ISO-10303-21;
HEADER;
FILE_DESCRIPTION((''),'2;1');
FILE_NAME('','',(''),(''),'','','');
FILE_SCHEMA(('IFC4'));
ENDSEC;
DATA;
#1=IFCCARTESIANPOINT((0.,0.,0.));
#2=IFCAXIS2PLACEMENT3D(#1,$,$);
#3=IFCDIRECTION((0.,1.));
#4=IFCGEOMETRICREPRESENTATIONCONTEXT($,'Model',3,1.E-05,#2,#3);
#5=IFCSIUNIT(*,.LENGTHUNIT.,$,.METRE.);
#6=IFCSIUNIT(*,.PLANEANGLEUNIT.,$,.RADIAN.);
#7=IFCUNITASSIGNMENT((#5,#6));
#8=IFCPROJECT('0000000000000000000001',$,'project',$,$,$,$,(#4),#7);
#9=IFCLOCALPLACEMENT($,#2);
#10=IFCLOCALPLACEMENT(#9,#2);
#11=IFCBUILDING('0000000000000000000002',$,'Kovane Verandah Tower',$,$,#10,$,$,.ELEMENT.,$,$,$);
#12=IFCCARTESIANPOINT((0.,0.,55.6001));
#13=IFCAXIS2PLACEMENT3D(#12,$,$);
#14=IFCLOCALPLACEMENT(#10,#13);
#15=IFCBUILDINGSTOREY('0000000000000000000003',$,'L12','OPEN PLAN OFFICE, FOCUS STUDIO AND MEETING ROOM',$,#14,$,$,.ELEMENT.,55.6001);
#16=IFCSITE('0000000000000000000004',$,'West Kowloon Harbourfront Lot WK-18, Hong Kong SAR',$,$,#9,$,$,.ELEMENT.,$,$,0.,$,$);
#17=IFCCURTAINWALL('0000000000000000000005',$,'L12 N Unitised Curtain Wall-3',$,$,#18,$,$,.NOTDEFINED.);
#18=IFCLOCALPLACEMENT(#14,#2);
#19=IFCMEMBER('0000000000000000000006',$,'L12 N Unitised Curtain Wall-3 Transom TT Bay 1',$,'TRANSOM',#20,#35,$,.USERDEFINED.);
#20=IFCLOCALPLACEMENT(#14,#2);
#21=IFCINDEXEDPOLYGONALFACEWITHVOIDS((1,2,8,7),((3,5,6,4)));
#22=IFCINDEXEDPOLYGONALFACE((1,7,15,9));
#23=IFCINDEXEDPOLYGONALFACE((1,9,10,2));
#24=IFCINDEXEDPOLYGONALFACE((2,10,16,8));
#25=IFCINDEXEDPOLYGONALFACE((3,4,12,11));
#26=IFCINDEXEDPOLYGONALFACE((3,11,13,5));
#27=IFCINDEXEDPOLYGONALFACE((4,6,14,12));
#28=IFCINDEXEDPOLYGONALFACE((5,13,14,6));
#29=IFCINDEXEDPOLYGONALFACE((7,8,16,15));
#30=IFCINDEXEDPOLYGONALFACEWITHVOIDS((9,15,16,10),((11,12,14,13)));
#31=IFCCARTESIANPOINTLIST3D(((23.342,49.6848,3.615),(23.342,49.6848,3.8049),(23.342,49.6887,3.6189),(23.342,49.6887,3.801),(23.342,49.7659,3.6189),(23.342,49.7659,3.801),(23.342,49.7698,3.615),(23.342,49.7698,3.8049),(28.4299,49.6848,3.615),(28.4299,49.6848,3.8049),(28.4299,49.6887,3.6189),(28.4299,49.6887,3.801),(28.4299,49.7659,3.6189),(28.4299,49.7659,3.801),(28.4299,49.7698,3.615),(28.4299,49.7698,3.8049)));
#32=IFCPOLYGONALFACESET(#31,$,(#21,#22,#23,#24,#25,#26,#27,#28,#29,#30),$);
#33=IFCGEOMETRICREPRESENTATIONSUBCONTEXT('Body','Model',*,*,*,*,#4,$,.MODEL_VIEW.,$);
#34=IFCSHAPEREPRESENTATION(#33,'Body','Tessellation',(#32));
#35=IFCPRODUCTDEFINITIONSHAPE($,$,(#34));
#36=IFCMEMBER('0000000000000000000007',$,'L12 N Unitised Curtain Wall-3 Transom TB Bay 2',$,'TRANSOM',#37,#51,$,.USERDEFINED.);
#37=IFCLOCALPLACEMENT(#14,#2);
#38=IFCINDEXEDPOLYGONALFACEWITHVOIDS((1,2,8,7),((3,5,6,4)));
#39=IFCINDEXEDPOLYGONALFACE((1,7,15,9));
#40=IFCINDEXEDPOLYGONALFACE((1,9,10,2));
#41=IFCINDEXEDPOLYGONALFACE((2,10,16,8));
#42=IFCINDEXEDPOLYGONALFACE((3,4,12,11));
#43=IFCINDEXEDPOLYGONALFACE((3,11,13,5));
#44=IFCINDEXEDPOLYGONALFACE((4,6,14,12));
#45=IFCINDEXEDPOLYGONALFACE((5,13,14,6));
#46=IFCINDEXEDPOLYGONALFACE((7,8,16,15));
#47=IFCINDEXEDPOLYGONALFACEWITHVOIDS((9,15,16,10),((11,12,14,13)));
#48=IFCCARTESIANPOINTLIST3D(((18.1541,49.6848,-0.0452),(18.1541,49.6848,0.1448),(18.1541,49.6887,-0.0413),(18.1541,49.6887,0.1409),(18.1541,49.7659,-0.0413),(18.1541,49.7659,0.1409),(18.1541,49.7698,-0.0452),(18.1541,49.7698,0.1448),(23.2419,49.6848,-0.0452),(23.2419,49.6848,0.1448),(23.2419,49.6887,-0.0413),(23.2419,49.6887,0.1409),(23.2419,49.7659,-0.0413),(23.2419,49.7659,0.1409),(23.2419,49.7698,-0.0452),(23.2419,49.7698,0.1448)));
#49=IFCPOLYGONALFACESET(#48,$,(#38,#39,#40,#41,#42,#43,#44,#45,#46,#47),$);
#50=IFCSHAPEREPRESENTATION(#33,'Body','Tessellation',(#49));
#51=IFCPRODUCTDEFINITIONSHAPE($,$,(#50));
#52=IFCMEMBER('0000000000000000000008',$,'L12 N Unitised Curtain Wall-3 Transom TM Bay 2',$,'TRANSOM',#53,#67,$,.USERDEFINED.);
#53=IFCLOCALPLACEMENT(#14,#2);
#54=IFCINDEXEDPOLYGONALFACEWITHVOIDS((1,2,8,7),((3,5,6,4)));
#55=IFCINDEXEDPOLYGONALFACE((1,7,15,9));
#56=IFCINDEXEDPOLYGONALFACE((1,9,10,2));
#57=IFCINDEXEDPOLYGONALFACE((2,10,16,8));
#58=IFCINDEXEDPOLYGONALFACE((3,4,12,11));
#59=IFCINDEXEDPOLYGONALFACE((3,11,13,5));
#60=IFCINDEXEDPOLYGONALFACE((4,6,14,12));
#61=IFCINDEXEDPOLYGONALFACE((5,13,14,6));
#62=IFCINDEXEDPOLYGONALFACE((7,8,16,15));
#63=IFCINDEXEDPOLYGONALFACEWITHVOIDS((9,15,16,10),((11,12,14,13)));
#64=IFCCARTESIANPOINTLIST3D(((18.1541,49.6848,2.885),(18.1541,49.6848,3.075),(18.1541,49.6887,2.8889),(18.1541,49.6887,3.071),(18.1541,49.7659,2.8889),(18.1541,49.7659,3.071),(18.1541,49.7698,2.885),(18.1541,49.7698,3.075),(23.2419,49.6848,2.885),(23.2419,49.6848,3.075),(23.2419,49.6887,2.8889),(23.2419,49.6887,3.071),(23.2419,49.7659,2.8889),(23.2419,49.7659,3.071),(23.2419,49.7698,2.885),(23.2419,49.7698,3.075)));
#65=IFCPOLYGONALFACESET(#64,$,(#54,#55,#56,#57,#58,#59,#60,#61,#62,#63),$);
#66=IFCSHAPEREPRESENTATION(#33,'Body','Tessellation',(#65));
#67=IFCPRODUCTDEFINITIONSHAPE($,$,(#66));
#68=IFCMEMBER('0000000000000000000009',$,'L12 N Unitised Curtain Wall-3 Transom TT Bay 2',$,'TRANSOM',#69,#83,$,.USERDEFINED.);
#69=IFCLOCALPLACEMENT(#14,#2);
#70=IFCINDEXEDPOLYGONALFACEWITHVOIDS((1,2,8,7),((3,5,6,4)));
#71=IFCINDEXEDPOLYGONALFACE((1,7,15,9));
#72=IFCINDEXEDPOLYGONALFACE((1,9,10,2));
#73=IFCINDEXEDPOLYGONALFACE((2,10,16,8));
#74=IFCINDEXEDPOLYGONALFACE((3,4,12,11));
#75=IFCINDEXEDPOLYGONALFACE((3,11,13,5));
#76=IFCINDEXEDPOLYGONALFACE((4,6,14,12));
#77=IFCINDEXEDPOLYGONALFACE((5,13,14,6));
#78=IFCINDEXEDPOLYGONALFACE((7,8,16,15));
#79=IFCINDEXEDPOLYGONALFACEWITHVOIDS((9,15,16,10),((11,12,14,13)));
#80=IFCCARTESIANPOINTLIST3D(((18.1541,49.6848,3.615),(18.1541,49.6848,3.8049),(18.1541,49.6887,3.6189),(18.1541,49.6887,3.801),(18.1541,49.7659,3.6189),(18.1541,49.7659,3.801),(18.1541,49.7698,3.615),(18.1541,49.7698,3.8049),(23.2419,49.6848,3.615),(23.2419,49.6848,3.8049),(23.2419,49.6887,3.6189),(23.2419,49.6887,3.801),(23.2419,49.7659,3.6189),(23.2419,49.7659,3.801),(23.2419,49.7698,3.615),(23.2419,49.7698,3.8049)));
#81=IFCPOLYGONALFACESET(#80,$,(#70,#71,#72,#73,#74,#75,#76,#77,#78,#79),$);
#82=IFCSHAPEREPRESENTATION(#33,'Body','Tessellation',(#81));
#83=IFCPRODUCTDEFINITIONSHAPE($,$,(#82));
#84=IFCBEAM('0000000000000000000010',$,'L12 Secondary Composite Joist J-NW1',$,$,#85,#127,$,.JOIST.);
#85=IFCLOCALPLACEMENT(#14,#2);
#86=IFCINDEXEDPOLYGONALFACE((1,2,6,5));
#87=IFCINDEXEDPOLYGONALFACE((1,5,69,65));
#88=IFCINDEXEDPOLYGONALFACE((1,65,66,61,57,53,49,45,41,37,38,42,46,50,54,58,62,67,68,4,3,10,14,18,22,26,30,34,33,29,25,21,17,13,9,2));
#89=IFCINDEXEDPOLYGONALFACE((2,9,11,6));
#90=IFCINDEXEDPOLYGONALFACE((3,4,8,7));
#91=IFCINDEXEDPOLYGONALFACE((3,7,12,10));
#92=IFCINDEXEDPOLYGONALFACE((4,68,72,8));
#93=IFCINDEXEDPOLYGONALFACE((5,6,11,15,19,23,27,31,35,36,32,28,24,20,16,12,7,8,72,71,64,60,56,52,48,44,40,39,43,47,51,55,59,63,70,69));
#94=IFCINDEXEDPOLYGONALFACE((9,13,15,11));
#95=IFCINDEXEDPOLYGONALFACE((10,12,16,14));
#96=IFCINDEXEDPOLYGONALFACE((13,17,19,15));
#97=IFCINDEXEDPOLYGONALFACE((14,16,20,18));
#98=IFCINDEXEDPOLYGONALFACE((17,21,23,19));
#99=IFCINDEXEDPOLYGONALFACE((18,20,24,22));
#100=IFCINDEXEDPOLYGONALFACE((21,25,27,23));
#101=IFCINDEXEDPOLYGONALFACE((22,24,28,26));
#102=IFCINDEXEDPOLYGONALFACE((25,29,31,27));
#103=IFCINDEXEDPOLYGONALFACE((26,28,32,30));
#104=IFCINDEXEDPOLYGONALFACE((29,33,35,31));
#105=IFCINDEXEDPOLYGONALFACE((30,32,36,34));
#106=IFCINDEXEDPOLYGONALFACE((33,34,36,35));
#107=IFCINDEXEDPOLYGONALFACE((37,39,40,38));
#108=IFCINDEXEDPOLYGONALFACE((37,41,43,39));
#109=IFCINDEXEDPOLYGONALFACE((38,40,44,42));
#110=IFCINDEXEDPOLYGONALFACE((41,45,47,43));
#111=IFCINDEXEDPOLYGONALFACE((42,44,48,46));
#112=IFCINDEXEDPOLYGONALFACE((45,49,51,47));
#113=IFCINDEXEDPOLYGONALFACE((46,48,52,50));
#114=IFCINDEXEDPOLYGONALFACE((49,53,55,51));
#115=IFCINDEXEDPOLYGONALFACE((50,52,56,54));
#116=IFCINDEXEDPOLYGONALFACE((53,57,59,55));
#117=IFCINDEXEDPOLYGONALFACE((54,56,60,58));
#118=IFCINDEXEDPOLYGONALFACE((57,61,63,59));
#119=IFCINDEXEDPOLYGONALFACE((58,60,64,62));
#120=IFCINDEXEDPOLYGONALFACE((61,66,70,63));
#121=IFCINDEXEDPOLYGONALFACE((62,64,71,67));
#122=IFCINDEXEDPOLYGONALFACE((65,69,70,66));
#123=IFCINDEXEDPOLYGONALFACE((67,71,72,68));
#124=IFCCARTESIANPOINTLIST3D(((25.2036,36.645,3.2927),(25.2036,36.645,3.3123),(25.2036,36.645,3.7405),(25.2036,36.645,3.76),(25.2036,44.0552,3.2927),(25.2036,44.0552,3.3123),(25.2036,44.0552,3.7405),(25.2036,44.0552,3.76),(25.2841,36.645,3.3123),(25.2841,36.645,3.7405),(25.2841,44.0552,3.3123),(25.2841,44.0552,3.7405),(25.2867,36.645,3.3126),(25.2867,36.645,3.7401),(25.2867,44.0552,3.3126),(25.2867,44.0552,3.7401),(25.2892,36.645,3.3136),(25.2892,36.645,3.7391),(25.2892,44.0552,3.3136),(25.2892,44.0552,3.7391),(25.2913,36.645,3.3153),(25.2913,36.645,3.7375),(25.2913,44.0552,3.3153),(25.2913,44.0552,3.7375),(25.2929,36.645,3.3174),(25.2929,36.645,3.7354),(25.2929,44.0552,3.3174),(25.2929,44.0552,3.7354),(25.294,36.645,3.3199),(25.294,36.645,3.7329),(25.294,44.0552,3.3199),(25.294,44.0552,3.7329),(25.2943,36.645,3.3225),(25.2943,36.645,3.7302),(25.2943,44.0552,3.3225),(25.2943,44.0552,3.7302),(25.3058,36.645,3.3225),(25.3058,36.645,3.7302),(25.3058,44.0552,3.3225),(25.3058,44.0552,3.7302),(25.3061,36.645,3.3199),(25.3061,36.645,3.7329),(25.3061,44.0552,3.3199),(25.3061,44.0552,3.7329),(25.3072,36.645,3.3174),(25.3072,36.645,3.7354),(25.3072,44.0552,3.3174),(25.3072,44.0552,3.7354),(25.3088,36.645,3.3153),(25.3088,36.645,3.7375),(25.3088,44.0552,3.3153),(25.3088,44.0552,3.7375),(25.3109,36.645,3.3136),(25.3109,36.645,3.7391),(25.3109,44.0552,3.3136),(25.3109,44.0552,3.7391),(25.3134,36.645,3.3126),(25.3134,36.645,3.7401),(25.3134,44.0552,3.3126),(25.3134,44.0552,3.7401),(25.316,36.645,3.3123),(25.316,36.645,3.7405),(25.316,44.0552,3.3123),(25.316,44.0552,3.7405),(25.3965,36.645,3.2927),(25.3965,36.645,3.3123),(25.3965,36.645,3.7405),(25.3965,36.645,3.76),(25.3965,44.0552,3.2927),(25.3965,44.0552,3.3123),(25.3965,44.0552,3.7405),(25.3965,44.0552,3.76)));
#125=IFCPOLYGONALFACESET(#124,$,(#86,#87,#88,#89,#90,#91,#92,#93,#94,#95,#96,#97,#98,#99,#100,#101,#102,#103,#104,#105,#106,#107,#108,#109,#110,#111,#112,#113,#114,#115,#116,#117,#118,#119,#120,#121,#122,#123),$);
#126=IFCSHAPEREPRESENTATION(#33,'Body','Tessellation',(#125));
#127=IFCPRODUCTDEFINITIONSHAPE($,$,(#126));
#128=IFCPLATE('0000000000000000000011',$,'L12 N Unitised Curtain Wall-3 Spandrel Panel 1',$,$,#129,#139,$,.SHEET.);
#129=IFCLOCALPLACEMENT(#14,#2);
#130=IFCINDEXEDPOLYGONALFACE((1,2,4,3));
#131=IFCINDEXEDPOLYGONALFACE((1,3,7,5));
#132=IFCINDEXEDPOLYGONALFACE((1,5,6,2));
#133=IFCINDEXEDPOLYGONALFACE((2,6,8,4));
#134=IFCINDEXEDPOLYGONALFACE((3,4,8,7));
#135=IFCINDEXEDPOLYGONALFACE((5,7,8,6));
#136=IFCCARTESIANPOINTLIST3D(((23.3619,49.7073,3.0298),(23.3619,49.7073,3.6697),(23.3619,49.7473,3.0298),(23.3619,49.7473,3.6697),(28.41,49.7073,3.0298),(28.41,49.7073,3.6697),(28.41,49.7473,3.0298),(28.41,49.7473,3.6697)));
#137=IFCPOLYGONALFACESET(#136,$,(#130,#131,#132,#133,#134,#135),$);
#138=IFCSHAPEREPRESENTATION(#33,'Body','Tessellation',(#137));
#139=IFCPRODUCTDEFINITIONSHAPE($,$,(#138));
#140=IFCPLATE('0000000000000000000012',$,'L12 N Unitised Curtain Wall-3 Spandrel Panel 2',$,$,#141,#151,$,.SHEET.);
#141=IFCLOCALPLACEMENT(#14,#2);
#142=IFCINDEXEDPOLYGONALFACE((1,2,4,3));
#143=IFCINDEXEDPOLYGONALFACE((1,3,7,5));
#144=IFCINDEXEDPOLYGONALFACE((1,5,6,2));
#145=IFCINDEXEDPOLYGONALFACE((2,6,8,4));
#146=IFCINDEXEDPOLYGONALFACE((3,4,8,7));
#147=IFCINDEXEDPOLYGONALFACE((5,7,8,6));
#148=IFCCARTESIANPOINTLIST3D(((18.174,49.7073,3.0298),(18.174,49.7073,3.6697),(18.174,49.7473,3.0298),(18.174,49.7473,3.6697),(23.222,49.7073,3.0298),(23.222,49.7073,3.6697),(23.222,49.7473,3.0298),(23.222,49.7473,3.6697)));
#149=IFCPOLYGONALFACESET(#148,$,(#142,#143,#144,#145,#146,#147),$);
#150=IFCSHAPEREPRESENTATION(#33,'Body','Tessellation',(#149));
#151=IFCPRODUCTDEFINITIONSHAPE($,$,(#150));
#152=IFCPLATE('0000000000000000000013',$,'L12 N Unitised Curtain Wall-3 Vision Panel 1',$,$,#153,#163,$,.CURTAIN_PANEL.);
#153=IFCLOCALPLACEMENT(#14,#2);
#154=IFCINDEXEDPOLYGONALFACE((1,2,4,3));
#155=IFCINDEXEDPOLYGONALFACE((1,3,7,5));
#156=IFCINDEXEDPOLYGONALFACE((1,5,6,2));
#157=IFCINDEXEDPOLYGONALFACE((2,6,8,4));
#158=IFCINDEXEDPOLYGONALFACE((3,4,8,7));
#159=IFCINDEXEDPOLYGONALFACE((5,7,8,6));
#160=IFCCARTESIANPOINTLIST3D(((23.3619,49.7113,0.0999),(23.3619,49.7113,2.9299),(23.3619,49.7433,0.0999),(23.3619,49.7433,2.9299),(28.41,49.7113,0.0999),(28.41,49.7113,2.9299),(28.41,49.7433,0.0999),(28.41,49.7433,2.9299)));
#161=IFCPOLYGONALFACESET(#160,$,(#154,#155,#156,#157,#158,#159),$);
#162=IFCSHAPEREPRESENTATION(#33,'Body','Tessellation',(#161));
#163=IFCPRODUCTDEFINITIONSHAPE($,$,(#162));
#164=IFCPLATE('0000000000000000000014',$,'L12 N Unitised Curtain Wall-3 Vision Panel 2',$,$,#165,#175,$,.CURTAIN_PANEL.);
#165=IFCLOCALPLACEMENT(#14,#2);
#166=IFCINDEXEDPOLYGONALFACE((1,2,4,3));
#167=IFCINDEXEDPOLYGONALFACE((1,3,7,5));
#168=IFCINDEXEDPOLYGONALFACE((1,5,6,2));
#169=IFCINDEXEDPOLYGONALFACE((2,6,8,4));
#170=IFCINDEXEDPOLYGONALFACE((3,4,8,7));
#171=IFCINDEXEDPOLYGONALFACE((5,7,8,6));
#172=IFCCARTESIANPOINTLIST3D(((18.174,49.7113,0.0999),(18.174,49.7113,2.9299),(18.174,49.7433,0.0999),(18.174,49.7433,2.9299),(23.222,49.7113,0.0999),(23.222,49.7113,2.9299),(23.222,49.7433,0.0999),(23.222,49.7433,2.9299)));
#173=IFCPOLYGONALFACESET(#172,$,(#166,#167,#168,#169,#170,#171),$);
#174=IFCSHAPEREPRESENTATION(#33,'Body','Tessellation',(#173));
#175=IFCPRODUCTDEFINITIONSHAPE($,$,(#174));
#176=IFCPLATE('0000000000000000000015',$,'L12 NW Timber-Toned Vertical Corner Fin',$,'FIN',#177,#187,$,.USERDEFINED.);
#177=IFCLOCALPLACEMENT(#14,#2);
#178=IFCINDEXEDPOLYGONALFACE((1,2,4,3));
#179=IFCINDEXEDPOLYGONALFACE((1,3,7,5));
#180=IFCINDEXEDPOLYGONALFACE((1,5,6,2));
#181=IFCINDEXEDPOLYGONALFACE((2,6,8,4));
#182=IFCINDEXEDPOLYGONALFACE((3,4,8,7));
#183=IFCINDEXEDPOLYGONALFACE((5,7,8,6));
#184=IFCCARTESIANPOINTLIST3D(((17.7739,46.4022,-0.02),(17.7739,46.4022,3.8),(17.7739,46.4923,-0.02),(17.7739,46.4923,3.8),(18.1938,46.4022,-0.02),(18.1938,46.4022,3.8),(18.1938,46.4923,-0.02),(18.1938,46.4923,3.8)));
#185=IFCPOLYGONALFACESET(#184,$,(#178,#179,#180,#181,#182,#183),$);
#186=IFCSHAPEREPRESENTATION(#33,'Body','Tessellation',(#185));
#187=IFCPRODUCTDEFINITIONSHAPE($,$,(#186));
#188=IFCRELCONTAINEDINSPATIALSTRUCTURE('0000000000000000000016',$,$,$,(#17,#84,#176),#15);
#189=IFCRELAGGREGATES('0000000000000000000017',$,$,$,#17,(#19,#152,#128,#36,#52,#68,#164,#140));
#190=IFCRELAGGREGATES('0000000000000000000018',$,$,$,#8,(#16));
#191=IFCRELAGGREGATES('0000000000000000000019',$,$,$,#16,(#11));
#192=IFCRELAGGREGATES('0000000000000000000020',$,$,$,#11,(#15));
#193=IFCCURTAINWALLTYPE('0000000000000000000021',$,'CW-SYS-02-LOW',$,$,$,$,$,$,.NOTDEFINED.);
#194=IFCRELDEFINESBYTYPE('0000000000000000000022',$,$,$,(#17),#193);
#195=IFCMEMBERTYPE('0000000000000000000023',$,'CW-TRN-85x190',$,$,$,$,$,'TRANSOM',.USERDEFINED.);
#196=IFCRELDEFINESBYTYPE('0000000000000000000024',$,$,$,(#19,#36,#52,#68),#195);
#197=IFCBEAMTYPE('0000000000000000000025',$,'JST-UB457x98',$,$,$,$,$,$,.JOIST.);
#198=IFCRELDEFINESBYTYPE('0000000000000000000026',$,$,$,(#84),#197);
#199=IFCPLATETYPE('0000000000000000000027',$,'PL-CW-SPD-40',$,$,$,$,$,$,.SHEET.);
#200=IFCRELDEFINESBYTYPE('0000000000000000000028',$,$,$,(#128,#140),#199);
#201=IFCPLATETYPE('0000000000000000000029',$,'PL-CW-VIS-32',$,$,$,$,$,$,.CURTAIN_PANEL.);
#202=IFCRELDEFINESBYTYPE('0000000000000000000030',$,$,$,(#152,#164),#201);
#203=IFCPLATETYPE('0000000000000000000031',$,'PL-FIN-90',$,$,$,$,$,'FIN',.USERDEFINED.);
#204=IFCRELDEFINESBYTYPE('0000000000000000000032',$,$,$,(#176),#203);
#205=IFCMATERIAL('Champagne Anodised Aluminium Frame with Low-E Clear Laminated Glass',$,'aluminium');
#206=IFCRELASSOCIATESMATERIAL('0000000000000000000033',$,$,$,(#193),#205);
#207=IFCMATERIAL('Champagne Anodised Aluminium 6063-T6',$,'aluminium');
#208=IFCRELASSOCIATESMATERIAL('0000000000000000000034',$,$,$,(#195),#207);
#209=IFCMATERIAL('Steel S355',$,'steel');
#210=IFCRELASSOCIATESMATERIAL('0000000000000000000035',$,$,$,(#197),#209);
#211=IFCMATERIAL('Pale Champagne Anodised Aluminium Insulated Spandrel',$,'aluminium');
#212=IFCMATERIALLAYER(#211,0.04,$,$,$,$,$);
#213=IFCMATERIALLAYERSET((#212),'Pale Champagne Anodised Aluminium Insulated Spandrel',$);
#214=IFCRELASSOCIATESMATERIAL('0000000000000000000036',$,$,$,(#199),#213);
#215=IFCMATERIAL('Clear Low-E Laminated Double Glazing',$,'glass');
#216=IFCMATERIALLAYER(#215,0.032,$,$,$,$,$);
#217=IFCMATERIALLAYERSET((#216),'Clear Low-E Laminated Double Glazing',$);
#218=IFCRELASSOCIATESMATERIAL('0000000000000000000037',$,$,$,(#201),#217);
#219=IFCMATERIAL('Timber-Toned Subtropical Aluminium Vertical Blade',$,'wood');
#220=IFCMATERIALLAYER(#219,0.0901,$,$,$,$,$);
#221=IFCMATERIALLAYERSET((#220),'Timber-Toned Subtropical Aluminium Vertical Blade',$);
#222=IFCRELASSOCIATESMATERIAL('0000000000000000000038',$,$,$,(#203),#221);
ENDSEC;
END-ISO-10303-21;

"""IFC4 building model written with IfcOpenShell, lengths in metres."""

from ifc_helpers import new_model, si_unit, direction, frame, origin, origin_2d, place, context, subcontext, project, spatial, rectangle, hollow_rectangle, i_section, extrude, material, layer, layer_set, material_profile, profile_set, type_object, element, aggregate, save


model = new_model("IFC4")

# Units and contexts
model_context = context("Model", 3, precision=1e-05, world=origin(), true_north=direction((0.0, 1.0)))
body_context = subcontext(model_context, "Body", "Model", "MODEL_VIEW")
ifc_project = project(units=[si_unit("LENGTHUNIT", "METRE"), si_unit("PLANEANGLEUNIT", "RADIAN")], contexts=[model_context])

# Site, building, storey
site_placement = place(None, origin())
site = spatial("IfcSite", under=ifc_project, at=site_placement, Name="West Kowloon Harbourfront Lot WK-18, Hong Kong SAR", CompositionType="ELEMENT", RefElevation=0.0)
building_placement = place(site_placement, origin())
building = spatial("IfcBuilding", under=site, at=building_placement, Name="Kovane Verandah Tower", CompositionType="ELEMENT")
storey_placement = place(building_placement, frame((0.0, 0.0, 55.6001)))
storey = spatial("IfcBuildingStorey", under=building, at=storey_placement, Name="L12", Description="OPEN PLAN OFFICE, FOCUS STUDIO AND MEETING ROOM", CompositionType="ELEMENT", Elevation=55.6001)

# Shared definitions
ifc_material_1 = material(Name="Steel S355", Category="steel")

# Curtain wall, members
ifc_material_2 = material(Name="Champagne Anodised Aluminium Frame with Low-E Clear Laminated Glass", Category="aluminium")
curtain_wall_type = type_object("IfcCurtainWallType", Name="CW-SYS-02-LOW", PredefinedType="NOTDEFINED", material=ifc_material_2)
curtain_wall_placement = place(storey_placement, origin())
curtain_wall = element("IfcCurtainWall", 1, at=curtain_wall_placement, inside=storey, type_object=curtain_wall_type, Name="L12 N Unitised Curtain Wall-3", PredefinedType="NOTDEFINED")
ifc_material_3 = material(Name="Champagne Anodised Aluminium 6063-T6", Category="aluminium")
ifc_material_profile_1 = material_profile(ifc_material_3, hollow_rectangle(XDim=0.085, YDim=0.1899, WallThickness=0.0039, at=origin_2d()), Name="AL85x190x4")
ifc_profile_set_1 = profile_set([ifc_material_profile_1], Name="Champagne Anodised Aluminium 6063-T6")
member_type_1 = type_object("IfcMemberType", Name="CW-TRN-85x190", ElementType="TRANSOM", PredefinedType="USERDEFINED", material=ifc_profile_set_1)
member_1_placement = place(storey_placement, frame((28.4299, 49.7273, 3.71), z_axis=(-1.0, 0.0, 0.0), x_axis=(0.0, -1.0, 0.0)))
member_1 = element("IfcMember", 2, at=member_1_placement, type_object=member_type_1, Name="L12 N Unitised Curtain Wall-3 Transom TT Bay 1", ObjectType="TRANSOM", PredefinedType="USERDEFINED", context=body_context, shape_type="SweptSolid", body=[
    extrude(hollow_rectangle(XDim=0.085, YDim=0.1899, WallThickness=0.0039, at=origin_2d()), origin(), (0.0, 0.0, 1.0), 5.0879),
])
member_2_placement = place(storey_placement, frame((23.2419, 49.7273, 0.0498), z_axis=(-1.0, 0.0, 0.0), x_axis=(0.0, -1.0, 0.0)))
member_2 = element("IfcMember", 3, at=member_2_placement, type_object=member_type_1, Name="L12 N Unitised Curtain Wall-3 Transom TB Bay 2", ObjectType="TRANSOM", PredefinedType="USERDEFINED", context=body_context, shape_type="SweptSolid", body=[
    extrude(hollow_rectangle(XDim=0.085, YDim=0.1899, WallThickness=0.0039, at=origin_2d()), origin(), (0.0, 0.0, 1.0), 5.0879),
])
member_3_placement = place(storey_placement, frame((23.2419, 49.7273, 2.98), z_axis=(-1.0, 0.0, 0.0), x_axis=(0.0, -1.0, 0.0)))
member_3 = element("IfcMember", 4, at=member_3_placement, type_object=member_type_1, Name="L12 N Unitised Curtain Wall-3 Transom TM Bay 2", ObjectType="TRANSOM", PredefinedType="USERDEFINED", context=body_context, shape_type="SweptSolid", body=[
    extrude(hollow_rectangle(XDim=0.085, YDim=0.1899, WallThickness=0.0039, at=origin_2d()), origin(), (0.0, 0.0, 1.0), 5.0879),
])
member_4_placement = place(storey_placement, frame((23.2419, 49.7273, 3.71), z_axis=(-1.0, 0.0, 0.0), x_axis=(0.0, -1.0, 0.0)))
member_4 = element("IfcMember", 5, at=member_4_placement, type_object=member_type_1, Name="L12 N Unitised Curtain Wall-3 Transom TT Bay 2", ObjectType="TRANSOM", PredefinedType="USERDEFINED", context=body_context, shape_type="SweptSolid", body=[
    extrude(hollow_rectangle(XDim=0.085, YDim=0.1899, WallThickness=0.0039, at=origin_2d()), origin(), (0.0, 0.0, 1.0), 5.0879),
])

# Beam
ifc_material_profile_2 = material_profile(ifc_material_1, i_section(OverallWidth=0.1929, OverallDepth=0.4673, WebThickness=0.0115, FlangeThickness=0.0195, FilletRadius=0.0103, at=origin_2d()), Name="UB457x191x98")
ifc_profile_set_2 = profile_set([ifc_material_profile_2], Name="Steel S355")
beam_type_1 = type_object("IfcBeamType", Name="JST-UB457x98", PredefinedType="JOIST", material=ifc_profile_set_2)
beam_1_placement = place(storey_placement, frame((25.3, 36.645, 3.5264), z_axis=(0.0, 1.0, 0.0), x_axis=(-1.0, 0.0, 0.0)))
element("IfcBeam", 6, at=beam_1_placement, inside=storey, type_object=beam_type_1, Name="L12 Secondary Composite Joist J-NW1", PredefinedType="JOIST", context=body_context, shape_type="SweptSolid", body=[
    extrude(i_section(OverallWidth=0.1929, OverallDepth=0.4673, WebThickness=0.0115, FlangeThickness=0.0195, FilletRadius=0.0103, at=origin_2d()), origin(), (0.0, 0.0, 1.0), 7.4102),
])

# Plates
ifc_material_4 = material(Name="Pale Champagne Anodised Aluminium Insulated Spandrel", Category="aluminium")
ifc_layer_1 = layer(ifc_material_4, 0.04)
ifc_layer_set_1 = layer_set([ifc_layer_1], Name="Pale Champagne Anodised Aluminium Insulated Spandrel")
plate_type_1 = type_object("IfcPlateType", Name="PL-CW-SPD-40", PredefinedType="SHEET", material=ifc_layer_set_1)
plate_1_placement = place(storey_placement, frame((25.886, 49.7273, 3.0298), z_axis=(0.0, 0.0, 1.0), x_axis=(-1.0, 0.0, 0.0)))
plate_1 = element("IfcPlate", 7, at=plate_1_placement, type_object=plate_type_1, Name="L12 N Unitised Curtain Wall-3 Spandrel Panel 1", PredefinedType="SHEET", context=body_context, shape_type="SweptSolid", body=[
    extrude(rectangle(XDim=5.0481, YDim=0.04, at=origin_2d()), origin(), (0.0, 0.0, 1.0), 0.6399),
])
plate_2_placement = place(storey_placement, frame((20.698, 49.7273, 3.0298), z_axis=(0.0, 0.0, 1.0), x_axis=(-1.0, 0.0, 0.0)))
plate_2 = element("IfcPlate", 8, at=plate_2_placement, type_object=plate_type_1, Name="L12 N Unitised Curtain Wall-3 Spandrel Panel 2", PredefinedType="SHEET", context=body_context, shape_type="SweptSolid", body=[
    extrude(rectangle(XDim=5.0481, YDim=0.04, at=origin_2d()), origin(), (0.0, 0.0, 1.0), 0.6399),
])
ifc_material_5 = material(Name="Clear Low-E Laminated Double Glazing", Category="glass")
ifc_layer_2 = layer(ifc_material_5, 0.032)
ifc_layer_set_2 = layer_set([ifc_layer_2], Name="Clear Low-E Laminated Double Glazing")
plate_type_2 = type_object("IfcPlateType", Name="PL-CW-VIS-32", PredefinedType="CURTAIN_PANEL", material=ifc_layer_set_2)
plate_3_placement = place(storey_placement, frame((25.886, 49.7273, 0.0999), z_axis=(0.0, 0.0, 1.0), x_axis=(-1.0, 0.0, 0.0)))
plate_3 = element("IfcPlate", 9, at=plate_3_placement, type_object=plate_type_2, Name="L12 N Unitised Curtain Wall-3 Vision Panel 1", PredefinedType="CURTAIN_PANEL", context=body_context, shape_type="SweptSolid", body=[
    extrude(rectangle(XDim=5.0481, YDim=0.032, at=origin_2d()), origin(), (0.0, 0.0, 1.0), 2.8301),
])
plate_4_placement = place(storey_placement, frame((20.698, 49.7273, 0.0999), z_axis=(0.0, 0.0, 1.0), x_axis=(-1.0, 0.0, 0.0)))
plate_4 = element("IfcPlate", 10, at=plate_4_placement, type_object=plate_type_2, Name="L12 N Unitised Curtain Wall-3 Vision Panel 2", PredefinedType="CURTAIN_PANEL", context=body_context, shape_type="SweptSolid", body=[
    extrude(rectangle(XDim=5.0481, YDim=0.032, at=origin_2d()), origin(), (0.0, 0.0, 1.0), 2.8301),
])
aggregate(curtain_wall, [member_1, plate_3, plate_1, member_2, member_3, member_4, plate_4, plate_2])
ifc_material_6 = material(Name="Timber-Toned Subtropical Aluminium Vertical Blade", Category="wood")
ifc_layer_3 = layer(ifc_material_6, 0.0901)
ifc_layer_set_3 = layer_set([ifc_layer_3], Name="Timber-Toned Subtropical Aluminium Vertical Blade")
plate_type_3 = type_object("IfcPlateType", Name="PL-FIN-90", ElementType="FIN", PredefinedType="USERDEFINED", material=ifc_layer_set_3)
plate_5_placement = place(storey_placement, frame((17.9839, 46.4473, -0.02), z_axis=(0.0, 0.0, 1.0), x_axis=(1.0, 0.0, 0.0)))
element("IfcPlate", 11, at=plate_5_placement, inside=storey, type_object=plate_type_3, Name="L12 NW Timber-Toned Vertical Corner Fin", ObjectType="FIN", PredefinedType="USERDEFINED", context=body_context, shape_type="SweptSolid", body=[
    extrude(rectangle(XDim=0.4199, YDim=0.0901, at=origin_2d()), origin(), (0.0, 0.0, 1.0), 3.8201),
])

save(model, "model.ifc")
